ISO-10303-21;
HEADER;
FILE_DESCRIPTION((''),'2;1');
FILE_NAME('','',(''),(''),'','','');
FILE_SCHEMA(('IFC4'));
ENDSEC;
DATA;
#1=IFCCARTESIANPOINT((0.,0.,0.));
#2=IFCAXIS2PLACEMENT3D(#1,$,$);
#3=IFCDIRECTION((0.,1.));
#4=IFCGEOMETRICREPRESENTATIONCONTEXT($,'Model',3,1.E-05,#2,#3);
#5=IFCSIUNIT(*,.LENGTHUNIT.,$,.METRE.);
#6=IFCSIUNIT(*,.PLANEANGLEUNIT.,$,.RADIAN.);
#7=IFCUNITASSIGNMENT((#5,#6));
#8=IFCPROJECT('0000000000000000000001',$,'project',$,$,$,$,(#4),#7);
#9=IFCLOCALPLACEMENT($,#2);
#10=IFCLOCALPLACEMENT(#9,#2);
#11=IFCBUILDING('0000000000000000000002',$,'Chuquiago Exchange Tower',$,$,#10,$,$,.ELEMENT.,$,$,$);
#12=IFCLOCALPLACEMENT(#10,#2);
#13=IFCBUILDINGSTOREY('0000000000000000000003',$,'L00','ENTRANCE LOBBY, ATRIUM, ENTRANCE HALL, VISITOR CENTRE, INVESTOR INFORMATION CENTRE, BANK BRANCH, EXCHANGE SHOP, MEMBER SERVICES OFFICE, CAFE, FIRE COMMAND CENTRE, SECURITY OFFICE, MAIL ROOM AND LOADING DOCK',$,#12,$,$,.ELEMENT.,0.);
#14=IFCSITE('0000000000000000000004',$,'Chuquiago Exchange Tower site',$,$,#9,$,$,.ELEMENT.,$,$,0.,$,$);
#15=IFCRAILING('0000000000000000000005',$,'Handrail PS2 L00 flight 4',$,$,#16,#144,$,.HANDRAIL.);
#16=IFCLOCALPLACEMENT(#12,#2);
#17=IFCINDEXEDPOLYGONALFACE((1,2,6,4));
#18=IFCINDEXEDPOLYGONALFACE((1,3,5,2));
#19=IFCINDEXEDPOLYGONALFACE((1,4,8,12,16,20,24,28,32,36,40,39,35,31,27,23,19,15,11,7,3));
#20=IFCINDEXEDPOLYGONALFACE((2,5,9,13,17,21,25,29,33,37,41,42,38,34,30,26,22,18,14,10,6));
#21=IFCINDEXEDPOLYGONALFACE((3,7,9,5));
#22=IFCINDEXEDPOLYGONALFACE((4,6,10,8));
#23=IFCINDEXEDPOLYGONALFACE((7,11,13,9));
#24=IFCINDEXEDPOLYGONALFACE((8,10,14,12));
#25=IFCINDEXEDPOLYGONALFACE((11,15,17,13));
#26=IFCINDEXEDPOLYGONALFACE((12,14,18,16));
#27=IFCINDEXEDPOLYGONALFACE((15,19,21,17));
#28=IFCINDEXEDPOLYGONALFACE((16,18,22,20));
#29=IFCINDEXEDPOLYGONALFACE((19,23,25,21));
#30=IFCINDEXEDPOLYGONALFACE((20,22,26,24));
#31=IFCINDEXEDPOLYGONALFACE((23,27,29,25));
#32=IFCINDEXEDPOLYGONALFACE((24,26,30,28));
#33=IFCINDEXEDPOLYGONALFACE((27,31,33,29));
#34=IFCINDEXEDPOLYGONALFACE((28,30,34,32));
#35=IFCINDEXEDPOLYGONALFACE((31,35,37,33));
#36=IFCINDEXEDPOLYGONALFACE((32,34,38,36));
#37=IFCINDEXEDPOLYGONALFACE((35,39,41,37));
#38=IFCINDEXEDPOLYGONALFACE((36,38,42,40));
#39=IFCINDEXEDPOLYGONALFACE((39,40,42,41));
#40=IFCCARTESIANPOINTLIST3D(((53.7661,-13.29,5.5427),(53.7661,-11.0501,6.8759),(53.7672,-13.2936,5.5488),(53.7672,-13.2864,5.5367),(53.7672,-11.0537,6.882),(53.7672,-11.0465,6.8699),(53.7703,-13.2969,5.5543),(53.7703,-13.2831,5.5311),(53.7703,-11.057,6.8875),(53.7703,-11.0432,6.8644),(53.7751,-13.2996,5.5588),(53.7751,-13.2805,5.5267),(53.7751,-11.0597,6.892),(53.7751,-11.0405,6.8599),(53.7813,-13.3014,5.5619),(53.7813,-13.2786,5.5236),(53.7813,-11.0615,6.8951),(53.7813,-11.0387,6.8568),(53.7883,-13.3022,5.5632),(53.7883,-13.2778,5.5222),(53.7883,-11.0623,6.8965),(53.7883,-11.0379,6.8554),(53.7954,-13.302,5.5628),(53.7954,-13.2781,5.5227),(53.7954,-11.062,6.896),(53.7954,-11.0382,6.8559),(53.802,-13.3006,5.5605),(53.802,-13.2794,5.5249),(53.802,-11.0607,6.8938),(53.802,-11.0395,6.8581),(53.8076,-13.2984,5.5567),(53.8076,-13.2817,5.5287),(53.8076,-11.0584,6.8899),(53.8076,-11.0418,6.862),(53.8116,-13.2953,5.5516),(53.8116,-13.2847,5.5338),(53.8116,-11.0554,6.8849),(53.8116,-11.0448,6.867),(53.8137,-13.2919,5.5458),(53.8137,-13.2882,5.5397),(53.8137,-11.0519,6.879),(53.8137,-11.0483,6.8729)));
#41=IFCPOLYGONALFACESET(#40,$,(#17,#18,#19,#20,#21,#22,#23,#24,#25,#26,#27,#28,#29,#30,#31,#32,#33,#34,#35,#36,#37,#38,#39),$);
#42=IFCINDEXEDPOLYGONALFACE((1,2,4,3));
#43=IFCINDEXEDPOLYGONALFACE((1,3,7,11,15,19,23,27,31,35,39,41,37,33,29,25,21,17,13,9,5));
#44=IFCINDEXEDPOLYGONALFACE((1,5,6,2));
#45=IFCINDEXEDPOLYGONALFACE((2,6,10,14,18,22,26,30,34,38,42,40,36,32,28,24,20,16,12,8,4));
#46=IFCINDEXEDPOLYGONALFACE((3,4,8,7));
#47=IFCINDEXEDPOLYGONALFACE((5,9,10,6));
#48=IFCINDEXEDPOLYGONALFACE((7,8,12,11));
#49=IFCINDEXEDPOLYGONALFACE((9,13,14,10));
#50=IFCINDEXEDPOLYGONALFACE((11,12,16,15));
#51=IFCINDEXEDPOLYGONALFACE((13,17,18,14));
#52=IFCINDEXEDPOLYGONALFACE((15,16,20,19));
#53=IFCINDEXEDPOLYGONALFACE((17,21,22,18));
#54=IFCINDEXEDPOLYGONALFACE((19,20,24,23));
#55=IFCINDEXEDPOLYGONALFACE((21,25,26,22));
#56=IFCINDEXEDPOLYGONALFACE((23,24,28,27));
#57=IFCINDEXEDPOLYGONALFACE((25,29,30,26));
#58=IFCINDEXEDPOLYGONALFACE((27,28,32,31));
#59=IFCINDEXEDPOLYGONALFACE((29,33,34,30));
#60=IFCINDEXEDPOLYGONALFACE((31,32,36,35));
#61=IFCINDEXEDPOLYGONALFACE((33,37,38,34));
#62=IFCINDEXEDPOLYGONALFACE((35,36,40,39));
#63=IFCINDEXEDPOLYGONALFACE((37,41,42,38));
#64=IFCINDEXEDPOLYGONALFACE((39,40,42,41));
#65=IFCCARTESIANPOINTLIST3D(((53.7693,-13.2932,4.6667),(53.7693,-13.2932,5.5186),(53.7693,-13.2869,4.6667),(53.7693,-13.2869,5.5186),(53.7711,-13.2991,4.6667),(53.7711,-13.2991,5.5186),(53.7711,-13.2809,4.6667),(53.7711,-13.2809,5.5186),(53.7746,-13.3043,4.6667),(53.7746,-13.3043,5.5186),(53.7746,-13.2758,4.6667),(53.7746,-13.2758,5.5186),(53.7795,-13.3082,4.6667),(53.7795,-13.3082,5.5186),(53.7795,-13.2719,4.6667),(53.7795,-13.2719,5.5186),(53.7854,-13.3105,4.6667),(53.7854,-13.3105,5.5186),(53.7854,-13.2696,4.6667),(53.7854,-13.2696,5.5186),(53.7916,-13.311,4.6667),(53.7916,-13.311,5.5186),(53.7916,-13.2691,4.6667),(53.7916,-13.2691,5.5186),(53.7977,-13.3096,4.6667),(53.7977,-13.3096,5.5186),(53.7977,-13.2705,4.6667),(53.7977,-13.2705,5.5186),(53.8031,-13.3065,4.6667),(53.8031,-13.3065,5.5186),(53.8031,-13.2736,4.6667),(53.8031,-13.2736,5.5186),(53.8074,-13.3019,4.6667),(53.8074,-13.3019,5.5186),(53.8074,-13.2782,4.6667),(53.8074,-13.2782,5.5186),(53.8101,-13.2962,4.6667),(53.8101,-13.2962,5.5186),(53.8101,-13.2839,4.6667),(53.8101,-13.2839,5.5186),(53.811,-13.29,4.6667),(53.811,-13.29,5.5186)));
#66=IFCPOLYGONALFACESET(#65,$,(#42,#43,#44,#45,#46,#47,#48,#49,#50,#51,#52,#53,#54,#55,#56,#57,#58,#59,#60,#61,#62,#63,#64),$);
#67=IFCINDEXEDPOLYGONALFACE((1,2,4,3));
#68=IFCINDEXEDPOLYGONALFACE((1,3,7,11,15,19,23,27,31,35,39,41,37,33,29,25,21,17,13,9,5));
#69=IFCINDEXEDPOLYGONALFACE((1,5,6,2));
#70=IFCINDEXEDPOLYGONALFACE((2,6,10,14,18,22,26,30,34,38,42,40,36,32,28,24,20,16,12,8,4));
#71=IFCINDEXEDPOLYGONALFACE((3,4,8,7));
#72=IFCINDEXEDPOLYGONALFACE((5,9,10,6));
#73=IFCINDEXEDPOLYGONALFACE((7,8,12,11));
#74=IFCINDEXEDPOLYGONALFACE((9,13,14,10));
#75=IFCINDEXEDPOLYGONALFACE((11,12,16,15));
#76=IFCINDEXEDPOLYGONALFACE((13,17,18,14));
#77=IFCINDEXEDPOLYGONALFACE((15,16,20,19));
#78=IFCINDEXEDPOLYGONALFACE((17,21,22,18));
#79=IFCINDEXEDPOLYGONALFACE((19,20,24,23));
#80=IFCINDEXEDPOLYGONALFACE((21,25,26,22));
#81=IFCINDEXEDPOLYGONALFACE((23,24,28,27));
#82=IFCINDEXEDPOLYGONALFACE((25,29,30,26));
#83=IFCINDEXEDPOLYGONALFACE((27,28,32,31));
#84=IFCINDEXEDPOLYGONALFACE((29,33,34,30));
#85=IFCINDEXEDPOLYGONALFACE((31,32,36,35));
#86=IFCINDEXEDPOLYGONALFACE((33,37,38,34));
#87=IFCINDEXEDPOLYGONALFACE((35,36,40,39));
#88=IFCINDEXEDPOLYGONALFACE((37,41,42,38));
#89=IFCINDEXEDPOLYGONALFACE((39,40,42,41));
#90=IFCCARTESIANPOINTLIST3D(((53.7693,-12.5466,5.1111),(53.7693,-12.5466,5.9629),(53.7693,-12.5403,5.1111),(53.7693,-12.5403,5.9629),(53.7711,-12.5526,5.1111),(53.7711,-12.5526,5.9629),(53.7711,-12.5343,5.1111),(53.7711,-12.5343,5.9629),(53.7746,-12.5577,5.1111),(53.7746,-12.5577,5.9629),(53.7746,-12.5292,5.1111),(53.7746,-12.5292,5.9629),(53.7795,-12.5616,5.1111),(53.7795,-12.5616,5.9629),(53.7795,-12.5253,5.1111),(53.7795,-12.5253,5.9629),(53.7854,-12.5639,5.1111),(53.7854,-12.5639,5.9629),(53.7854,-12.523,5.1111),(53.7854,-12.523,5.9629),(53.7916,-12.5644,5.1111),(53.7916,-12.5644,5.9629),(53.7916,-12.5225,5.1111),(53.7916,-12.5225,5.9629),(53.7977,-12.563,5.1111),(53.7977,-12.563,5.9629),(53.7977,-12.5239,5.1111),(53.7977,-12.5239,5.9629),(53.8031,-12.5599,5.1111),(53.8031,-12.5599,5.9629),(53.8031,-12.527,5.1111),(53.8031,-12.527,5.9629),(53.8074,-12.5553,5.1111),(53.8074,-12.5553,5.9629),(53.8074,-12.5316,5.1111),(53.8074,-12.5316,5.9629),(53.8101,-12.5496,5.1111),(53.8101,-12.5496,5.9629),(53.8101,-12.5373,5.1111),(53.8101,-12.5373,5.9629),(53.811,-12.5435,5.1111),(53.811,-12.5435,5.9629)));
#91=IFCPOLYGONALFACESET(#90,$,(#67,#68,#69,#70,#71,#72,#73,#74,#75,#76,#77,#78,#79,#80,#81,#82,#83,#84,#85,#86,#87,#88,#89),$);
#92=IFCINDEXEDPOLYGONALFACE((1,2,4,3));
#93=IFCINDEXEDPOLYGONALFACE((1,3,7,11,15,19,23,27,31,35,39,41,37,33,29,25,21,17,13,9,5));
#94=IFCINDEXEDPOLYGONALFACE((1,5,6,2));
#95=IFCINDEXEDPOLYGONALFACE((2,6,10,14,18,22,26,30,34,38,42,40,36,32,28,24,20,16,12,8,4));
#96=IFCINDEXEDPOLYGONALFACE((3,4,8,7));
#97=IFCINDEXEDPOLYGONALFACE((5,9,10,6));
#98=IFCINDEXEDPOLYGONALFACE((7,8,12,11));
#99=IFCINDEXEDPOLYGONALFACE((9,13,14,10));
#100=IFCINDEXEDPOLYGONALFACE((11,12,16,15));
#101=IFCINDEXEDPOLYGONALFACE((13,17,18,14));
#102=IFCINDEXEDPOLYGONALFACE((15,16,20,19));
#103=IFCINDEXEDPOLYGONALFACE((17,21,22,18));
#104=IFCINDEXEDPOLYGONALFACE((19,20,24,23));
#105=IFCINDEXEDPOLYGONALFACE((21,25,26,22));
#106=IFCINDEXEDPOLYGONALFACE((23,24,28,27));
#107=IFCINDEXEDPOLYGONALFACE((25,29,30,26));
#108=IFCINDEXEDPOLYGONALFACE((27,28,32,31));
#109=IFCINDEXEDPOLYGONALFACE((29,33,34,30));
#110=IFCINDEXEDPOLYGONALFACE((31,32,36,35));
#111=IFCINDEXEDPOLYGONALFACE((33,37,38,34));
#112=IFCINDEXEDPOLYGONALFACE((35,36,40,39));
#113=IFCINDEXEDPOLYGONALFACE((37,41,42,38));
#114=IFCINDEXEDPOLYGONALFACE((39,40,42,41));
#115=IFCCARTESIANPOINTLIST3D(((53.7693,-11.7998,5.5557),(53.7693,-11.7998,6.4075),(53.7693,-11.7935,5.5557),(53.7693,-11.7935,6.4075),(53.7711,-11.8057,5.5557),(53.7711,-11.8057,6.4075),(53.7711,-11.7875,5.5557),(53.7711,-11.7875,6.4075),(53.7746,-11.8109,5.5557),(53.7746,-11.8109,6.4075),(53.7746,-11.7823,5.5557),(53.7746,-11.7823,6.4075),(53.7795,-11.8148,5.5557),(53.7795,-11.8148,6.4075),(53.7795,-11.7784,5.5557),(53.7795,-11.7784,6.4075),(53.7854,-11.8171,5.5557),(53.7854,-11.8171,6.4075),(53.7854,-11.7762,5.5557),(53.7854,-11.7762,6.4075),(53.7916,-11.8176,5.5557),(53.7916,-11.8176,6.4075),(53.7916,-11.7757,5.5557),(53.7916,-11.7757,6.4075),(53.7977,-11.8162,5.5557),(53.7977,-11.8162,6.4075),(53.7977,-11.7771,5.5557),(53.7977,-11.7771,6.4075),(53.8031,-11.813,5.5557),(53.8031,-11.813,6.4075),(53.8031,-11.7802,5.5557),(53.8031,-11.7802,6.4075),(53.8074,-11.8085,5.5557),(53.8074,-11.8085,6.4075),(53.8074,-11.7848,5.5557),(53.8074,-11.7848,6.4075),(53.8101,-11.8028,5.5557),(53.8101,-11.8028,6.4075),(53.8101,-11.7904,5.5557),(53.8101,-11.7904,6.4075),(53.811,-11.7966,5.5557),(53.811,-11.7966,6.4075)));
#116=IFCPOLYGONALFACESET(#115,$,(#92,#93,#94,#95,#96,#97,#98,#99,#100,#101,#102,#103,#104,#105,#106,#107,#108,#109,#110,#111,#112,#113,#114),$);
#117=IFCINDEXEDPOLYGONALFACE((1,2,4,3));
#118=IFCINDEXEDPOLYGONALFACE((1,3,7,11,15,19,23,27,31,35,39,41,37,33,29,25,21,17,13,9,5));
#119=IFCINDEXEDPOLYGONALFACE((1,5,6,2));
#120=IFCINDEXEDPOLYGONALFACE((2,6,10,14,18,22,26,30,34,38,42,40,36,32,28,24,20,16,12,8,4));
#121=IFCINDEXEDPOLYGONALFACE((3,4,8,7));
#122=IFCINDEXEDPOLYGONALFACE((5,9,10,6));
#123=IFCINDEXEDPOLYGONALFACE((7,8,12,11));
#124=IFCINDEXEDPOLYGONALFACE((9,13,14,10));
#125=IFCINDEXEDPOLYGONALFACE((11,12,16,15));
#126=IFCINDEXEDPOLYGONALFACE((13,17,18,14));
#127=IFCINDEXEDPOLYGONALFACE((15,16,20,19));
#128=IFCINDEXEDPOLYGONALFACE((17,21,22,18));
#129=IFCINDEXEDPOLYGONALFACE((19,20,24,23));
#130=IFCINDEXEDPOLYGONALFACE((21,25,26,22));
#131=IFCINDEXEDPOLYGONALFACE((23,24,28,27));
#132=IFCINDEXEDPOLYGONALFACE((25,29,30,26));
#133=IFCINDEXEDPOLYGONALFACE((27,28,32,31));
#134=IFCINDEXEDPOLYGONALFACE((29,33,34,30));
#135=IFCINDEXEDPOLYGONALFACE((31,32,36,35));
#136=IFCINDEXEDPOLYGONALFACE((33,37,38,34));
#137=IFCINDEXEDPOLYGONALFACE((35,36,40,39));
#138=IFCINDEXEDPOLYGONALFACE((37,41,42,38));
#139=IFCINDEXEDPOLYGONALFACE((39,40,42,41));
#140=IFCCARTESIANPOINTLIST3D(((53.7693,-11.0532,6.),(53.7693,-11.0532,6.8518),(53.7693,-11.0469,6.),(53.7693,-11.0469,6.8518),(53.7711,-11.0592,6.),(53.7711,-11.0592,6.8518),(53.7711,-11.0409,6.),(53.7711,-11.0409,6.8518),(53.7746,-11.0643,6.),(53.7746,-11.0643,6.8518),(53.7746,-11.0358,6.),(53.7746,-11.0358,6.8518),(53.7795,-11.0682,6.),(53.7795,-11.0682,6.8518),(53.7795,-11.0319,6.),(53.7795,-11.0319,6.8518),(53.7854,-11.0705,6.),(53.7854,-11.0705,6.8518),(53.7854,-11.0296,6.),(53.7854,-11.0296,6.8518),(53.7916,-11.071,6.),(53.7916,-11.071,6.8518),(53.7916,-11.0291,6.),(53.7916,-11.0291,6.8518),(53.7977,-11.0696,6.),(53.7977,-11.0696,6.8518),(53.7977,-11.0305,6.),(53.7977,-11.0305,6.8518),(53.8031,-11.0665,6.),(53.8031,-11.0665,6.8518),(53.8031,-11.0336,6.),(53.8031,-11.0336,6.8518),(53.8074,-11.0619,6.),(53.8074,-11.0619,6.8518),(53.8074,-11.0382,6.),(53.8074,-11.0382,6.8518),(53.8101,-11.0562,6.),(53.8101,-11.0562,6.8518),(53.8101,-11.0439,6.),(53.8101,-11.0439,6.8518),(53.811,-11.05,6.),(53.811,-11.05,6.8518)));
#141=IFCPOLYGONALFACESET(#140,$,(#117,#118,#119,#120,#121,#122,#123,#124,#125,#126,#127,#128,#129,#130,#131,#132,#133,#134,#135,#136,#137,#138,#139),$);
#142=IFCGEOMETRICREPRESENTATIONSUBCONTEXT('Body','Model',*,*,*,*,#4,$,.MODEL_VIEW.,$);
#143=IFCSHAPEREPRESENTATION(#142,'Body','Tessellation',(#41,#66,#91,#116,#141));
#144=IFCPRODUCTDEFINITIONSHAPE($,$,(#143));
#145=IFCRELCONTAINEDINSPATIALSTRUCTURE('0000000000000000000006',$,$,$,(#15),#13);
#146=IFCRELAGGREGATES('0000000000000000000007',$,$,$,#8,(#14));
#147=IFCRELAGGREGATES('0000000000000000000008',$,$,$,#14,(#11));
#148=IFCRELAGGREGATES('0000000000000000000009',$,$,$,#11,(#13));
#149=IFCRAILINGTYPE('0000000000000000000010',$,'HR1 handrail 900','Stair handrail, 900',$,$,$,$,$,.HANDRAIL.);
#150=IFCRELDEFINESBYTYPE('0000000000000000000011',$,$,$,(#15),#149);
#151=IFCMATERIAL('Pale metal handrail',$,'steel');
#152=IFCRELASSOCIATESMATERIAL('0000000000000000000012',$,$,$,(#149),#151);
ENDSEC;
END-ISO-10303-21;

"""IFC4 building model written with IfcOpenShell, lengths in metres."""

from ifc_helpers import new_model, si_unit, direction, frame, origin, origin_2d, place, context, subcontext, project, spatial, circle, extrude, material, type_object, element, save


model = new_model("IFC4")

# Units and contexts
model_context = context("Model", 3, precision=1e-05, world=origin(), true_north=direction((0.0, 1.0)))
body_context = subcontext(model_context, "Body", "Model", "MODEL_VIEW")
ifc_project = project(units=[si_unit("LENGTHUNIT", "METRE"), si_unit("PLANEANGLEUNIT", "RADIAN")], contexts=[model_context])

# Site, building, storey
site_placement = place(None, origin())
site = spatial("IfcSite", under=ifc_project, at=site_placement, Name="Chuquiago Exchange Tower site", CompositionType="ELEMENT", RefElevation=0.0)
building_placement = place(site_placement, origin())
building = spatial("IfcBuilding", under=site, at=building_placement, Name="Chuquiago Exchange Tower", CompositionType="ELEMENT")
storey_placement = place(building_placement, origin())
storey = spatial("IfcBuildingStorey", under=building, at=storey_placement, Name="L00", Description="ENTRANCE LOBBY, ATRIUM, ENTRANCE HALL, VISITOR CENTRE, INVESTOR INFORMATION CENTRE, BANK BRANCH, EXCHANGE SHOP, MEMBER SERVICES OFFICE, CAFE, FIRE COMMAND CENTRE, SECURITY OFFICE, MAIL ROOM AND LOADING DOCK", CompositionType="ELEMENT", Elevation=0.0)

# Railing
ifc_material_1 = material(Name="Pale metal handrail", Category="steel")
railing_type = type_object("IfcRailingType", Name="HR1 handrail 900", Description="Stair handrail, 900", PredefinedType="HANDRAIL", material=ifc_material_1)
for number, where, name in (
    (1, (53.79, -13.29, 4.6667), "Handrail PS2 L00 flight 4"),
):
    element("IfcRailing", number, at=place(storey_placement, frame(where)), inside=storey, type_object=railing_type, Name=name, PredefinedType="HANDRAIL", context=body_context, shape_type="SweptSolid", body=[
        extrude(circle(Radius=0.0239, at=origin_2d()), frame((0.0, 0.0, 0.876), z_axis=(0.0, 0.859306, 0.511462), x_axis=(-1.0, 0.0, 0.0)), (0.0, 0.0, 1.0), 2.6067),
        extrude(circle(Radius=0.021, at=origin_2d()), origin(), (0.0, 0.0, 1.0), 0.8518),
        extrude(circle(Radius=0.021, at=origin_2d()), frame((0.0, 0.7466, 0.4443)), (0.0, 0.0, 1.0), 0.8518),
        extrude(circle(Radius=0.021, at=origin_2d()), frame((0.0, 1.4934, 0.8889)), (0.0, 0.0, 1.0), 0.8518),
        extrude(circle(Radius=0.021, at=origin_2d()), frame((0.0, 2.24, 1.3333)), (0.0, 0.0, 1.0), 0.8518),
    ])

save(model, "model.ifc")
